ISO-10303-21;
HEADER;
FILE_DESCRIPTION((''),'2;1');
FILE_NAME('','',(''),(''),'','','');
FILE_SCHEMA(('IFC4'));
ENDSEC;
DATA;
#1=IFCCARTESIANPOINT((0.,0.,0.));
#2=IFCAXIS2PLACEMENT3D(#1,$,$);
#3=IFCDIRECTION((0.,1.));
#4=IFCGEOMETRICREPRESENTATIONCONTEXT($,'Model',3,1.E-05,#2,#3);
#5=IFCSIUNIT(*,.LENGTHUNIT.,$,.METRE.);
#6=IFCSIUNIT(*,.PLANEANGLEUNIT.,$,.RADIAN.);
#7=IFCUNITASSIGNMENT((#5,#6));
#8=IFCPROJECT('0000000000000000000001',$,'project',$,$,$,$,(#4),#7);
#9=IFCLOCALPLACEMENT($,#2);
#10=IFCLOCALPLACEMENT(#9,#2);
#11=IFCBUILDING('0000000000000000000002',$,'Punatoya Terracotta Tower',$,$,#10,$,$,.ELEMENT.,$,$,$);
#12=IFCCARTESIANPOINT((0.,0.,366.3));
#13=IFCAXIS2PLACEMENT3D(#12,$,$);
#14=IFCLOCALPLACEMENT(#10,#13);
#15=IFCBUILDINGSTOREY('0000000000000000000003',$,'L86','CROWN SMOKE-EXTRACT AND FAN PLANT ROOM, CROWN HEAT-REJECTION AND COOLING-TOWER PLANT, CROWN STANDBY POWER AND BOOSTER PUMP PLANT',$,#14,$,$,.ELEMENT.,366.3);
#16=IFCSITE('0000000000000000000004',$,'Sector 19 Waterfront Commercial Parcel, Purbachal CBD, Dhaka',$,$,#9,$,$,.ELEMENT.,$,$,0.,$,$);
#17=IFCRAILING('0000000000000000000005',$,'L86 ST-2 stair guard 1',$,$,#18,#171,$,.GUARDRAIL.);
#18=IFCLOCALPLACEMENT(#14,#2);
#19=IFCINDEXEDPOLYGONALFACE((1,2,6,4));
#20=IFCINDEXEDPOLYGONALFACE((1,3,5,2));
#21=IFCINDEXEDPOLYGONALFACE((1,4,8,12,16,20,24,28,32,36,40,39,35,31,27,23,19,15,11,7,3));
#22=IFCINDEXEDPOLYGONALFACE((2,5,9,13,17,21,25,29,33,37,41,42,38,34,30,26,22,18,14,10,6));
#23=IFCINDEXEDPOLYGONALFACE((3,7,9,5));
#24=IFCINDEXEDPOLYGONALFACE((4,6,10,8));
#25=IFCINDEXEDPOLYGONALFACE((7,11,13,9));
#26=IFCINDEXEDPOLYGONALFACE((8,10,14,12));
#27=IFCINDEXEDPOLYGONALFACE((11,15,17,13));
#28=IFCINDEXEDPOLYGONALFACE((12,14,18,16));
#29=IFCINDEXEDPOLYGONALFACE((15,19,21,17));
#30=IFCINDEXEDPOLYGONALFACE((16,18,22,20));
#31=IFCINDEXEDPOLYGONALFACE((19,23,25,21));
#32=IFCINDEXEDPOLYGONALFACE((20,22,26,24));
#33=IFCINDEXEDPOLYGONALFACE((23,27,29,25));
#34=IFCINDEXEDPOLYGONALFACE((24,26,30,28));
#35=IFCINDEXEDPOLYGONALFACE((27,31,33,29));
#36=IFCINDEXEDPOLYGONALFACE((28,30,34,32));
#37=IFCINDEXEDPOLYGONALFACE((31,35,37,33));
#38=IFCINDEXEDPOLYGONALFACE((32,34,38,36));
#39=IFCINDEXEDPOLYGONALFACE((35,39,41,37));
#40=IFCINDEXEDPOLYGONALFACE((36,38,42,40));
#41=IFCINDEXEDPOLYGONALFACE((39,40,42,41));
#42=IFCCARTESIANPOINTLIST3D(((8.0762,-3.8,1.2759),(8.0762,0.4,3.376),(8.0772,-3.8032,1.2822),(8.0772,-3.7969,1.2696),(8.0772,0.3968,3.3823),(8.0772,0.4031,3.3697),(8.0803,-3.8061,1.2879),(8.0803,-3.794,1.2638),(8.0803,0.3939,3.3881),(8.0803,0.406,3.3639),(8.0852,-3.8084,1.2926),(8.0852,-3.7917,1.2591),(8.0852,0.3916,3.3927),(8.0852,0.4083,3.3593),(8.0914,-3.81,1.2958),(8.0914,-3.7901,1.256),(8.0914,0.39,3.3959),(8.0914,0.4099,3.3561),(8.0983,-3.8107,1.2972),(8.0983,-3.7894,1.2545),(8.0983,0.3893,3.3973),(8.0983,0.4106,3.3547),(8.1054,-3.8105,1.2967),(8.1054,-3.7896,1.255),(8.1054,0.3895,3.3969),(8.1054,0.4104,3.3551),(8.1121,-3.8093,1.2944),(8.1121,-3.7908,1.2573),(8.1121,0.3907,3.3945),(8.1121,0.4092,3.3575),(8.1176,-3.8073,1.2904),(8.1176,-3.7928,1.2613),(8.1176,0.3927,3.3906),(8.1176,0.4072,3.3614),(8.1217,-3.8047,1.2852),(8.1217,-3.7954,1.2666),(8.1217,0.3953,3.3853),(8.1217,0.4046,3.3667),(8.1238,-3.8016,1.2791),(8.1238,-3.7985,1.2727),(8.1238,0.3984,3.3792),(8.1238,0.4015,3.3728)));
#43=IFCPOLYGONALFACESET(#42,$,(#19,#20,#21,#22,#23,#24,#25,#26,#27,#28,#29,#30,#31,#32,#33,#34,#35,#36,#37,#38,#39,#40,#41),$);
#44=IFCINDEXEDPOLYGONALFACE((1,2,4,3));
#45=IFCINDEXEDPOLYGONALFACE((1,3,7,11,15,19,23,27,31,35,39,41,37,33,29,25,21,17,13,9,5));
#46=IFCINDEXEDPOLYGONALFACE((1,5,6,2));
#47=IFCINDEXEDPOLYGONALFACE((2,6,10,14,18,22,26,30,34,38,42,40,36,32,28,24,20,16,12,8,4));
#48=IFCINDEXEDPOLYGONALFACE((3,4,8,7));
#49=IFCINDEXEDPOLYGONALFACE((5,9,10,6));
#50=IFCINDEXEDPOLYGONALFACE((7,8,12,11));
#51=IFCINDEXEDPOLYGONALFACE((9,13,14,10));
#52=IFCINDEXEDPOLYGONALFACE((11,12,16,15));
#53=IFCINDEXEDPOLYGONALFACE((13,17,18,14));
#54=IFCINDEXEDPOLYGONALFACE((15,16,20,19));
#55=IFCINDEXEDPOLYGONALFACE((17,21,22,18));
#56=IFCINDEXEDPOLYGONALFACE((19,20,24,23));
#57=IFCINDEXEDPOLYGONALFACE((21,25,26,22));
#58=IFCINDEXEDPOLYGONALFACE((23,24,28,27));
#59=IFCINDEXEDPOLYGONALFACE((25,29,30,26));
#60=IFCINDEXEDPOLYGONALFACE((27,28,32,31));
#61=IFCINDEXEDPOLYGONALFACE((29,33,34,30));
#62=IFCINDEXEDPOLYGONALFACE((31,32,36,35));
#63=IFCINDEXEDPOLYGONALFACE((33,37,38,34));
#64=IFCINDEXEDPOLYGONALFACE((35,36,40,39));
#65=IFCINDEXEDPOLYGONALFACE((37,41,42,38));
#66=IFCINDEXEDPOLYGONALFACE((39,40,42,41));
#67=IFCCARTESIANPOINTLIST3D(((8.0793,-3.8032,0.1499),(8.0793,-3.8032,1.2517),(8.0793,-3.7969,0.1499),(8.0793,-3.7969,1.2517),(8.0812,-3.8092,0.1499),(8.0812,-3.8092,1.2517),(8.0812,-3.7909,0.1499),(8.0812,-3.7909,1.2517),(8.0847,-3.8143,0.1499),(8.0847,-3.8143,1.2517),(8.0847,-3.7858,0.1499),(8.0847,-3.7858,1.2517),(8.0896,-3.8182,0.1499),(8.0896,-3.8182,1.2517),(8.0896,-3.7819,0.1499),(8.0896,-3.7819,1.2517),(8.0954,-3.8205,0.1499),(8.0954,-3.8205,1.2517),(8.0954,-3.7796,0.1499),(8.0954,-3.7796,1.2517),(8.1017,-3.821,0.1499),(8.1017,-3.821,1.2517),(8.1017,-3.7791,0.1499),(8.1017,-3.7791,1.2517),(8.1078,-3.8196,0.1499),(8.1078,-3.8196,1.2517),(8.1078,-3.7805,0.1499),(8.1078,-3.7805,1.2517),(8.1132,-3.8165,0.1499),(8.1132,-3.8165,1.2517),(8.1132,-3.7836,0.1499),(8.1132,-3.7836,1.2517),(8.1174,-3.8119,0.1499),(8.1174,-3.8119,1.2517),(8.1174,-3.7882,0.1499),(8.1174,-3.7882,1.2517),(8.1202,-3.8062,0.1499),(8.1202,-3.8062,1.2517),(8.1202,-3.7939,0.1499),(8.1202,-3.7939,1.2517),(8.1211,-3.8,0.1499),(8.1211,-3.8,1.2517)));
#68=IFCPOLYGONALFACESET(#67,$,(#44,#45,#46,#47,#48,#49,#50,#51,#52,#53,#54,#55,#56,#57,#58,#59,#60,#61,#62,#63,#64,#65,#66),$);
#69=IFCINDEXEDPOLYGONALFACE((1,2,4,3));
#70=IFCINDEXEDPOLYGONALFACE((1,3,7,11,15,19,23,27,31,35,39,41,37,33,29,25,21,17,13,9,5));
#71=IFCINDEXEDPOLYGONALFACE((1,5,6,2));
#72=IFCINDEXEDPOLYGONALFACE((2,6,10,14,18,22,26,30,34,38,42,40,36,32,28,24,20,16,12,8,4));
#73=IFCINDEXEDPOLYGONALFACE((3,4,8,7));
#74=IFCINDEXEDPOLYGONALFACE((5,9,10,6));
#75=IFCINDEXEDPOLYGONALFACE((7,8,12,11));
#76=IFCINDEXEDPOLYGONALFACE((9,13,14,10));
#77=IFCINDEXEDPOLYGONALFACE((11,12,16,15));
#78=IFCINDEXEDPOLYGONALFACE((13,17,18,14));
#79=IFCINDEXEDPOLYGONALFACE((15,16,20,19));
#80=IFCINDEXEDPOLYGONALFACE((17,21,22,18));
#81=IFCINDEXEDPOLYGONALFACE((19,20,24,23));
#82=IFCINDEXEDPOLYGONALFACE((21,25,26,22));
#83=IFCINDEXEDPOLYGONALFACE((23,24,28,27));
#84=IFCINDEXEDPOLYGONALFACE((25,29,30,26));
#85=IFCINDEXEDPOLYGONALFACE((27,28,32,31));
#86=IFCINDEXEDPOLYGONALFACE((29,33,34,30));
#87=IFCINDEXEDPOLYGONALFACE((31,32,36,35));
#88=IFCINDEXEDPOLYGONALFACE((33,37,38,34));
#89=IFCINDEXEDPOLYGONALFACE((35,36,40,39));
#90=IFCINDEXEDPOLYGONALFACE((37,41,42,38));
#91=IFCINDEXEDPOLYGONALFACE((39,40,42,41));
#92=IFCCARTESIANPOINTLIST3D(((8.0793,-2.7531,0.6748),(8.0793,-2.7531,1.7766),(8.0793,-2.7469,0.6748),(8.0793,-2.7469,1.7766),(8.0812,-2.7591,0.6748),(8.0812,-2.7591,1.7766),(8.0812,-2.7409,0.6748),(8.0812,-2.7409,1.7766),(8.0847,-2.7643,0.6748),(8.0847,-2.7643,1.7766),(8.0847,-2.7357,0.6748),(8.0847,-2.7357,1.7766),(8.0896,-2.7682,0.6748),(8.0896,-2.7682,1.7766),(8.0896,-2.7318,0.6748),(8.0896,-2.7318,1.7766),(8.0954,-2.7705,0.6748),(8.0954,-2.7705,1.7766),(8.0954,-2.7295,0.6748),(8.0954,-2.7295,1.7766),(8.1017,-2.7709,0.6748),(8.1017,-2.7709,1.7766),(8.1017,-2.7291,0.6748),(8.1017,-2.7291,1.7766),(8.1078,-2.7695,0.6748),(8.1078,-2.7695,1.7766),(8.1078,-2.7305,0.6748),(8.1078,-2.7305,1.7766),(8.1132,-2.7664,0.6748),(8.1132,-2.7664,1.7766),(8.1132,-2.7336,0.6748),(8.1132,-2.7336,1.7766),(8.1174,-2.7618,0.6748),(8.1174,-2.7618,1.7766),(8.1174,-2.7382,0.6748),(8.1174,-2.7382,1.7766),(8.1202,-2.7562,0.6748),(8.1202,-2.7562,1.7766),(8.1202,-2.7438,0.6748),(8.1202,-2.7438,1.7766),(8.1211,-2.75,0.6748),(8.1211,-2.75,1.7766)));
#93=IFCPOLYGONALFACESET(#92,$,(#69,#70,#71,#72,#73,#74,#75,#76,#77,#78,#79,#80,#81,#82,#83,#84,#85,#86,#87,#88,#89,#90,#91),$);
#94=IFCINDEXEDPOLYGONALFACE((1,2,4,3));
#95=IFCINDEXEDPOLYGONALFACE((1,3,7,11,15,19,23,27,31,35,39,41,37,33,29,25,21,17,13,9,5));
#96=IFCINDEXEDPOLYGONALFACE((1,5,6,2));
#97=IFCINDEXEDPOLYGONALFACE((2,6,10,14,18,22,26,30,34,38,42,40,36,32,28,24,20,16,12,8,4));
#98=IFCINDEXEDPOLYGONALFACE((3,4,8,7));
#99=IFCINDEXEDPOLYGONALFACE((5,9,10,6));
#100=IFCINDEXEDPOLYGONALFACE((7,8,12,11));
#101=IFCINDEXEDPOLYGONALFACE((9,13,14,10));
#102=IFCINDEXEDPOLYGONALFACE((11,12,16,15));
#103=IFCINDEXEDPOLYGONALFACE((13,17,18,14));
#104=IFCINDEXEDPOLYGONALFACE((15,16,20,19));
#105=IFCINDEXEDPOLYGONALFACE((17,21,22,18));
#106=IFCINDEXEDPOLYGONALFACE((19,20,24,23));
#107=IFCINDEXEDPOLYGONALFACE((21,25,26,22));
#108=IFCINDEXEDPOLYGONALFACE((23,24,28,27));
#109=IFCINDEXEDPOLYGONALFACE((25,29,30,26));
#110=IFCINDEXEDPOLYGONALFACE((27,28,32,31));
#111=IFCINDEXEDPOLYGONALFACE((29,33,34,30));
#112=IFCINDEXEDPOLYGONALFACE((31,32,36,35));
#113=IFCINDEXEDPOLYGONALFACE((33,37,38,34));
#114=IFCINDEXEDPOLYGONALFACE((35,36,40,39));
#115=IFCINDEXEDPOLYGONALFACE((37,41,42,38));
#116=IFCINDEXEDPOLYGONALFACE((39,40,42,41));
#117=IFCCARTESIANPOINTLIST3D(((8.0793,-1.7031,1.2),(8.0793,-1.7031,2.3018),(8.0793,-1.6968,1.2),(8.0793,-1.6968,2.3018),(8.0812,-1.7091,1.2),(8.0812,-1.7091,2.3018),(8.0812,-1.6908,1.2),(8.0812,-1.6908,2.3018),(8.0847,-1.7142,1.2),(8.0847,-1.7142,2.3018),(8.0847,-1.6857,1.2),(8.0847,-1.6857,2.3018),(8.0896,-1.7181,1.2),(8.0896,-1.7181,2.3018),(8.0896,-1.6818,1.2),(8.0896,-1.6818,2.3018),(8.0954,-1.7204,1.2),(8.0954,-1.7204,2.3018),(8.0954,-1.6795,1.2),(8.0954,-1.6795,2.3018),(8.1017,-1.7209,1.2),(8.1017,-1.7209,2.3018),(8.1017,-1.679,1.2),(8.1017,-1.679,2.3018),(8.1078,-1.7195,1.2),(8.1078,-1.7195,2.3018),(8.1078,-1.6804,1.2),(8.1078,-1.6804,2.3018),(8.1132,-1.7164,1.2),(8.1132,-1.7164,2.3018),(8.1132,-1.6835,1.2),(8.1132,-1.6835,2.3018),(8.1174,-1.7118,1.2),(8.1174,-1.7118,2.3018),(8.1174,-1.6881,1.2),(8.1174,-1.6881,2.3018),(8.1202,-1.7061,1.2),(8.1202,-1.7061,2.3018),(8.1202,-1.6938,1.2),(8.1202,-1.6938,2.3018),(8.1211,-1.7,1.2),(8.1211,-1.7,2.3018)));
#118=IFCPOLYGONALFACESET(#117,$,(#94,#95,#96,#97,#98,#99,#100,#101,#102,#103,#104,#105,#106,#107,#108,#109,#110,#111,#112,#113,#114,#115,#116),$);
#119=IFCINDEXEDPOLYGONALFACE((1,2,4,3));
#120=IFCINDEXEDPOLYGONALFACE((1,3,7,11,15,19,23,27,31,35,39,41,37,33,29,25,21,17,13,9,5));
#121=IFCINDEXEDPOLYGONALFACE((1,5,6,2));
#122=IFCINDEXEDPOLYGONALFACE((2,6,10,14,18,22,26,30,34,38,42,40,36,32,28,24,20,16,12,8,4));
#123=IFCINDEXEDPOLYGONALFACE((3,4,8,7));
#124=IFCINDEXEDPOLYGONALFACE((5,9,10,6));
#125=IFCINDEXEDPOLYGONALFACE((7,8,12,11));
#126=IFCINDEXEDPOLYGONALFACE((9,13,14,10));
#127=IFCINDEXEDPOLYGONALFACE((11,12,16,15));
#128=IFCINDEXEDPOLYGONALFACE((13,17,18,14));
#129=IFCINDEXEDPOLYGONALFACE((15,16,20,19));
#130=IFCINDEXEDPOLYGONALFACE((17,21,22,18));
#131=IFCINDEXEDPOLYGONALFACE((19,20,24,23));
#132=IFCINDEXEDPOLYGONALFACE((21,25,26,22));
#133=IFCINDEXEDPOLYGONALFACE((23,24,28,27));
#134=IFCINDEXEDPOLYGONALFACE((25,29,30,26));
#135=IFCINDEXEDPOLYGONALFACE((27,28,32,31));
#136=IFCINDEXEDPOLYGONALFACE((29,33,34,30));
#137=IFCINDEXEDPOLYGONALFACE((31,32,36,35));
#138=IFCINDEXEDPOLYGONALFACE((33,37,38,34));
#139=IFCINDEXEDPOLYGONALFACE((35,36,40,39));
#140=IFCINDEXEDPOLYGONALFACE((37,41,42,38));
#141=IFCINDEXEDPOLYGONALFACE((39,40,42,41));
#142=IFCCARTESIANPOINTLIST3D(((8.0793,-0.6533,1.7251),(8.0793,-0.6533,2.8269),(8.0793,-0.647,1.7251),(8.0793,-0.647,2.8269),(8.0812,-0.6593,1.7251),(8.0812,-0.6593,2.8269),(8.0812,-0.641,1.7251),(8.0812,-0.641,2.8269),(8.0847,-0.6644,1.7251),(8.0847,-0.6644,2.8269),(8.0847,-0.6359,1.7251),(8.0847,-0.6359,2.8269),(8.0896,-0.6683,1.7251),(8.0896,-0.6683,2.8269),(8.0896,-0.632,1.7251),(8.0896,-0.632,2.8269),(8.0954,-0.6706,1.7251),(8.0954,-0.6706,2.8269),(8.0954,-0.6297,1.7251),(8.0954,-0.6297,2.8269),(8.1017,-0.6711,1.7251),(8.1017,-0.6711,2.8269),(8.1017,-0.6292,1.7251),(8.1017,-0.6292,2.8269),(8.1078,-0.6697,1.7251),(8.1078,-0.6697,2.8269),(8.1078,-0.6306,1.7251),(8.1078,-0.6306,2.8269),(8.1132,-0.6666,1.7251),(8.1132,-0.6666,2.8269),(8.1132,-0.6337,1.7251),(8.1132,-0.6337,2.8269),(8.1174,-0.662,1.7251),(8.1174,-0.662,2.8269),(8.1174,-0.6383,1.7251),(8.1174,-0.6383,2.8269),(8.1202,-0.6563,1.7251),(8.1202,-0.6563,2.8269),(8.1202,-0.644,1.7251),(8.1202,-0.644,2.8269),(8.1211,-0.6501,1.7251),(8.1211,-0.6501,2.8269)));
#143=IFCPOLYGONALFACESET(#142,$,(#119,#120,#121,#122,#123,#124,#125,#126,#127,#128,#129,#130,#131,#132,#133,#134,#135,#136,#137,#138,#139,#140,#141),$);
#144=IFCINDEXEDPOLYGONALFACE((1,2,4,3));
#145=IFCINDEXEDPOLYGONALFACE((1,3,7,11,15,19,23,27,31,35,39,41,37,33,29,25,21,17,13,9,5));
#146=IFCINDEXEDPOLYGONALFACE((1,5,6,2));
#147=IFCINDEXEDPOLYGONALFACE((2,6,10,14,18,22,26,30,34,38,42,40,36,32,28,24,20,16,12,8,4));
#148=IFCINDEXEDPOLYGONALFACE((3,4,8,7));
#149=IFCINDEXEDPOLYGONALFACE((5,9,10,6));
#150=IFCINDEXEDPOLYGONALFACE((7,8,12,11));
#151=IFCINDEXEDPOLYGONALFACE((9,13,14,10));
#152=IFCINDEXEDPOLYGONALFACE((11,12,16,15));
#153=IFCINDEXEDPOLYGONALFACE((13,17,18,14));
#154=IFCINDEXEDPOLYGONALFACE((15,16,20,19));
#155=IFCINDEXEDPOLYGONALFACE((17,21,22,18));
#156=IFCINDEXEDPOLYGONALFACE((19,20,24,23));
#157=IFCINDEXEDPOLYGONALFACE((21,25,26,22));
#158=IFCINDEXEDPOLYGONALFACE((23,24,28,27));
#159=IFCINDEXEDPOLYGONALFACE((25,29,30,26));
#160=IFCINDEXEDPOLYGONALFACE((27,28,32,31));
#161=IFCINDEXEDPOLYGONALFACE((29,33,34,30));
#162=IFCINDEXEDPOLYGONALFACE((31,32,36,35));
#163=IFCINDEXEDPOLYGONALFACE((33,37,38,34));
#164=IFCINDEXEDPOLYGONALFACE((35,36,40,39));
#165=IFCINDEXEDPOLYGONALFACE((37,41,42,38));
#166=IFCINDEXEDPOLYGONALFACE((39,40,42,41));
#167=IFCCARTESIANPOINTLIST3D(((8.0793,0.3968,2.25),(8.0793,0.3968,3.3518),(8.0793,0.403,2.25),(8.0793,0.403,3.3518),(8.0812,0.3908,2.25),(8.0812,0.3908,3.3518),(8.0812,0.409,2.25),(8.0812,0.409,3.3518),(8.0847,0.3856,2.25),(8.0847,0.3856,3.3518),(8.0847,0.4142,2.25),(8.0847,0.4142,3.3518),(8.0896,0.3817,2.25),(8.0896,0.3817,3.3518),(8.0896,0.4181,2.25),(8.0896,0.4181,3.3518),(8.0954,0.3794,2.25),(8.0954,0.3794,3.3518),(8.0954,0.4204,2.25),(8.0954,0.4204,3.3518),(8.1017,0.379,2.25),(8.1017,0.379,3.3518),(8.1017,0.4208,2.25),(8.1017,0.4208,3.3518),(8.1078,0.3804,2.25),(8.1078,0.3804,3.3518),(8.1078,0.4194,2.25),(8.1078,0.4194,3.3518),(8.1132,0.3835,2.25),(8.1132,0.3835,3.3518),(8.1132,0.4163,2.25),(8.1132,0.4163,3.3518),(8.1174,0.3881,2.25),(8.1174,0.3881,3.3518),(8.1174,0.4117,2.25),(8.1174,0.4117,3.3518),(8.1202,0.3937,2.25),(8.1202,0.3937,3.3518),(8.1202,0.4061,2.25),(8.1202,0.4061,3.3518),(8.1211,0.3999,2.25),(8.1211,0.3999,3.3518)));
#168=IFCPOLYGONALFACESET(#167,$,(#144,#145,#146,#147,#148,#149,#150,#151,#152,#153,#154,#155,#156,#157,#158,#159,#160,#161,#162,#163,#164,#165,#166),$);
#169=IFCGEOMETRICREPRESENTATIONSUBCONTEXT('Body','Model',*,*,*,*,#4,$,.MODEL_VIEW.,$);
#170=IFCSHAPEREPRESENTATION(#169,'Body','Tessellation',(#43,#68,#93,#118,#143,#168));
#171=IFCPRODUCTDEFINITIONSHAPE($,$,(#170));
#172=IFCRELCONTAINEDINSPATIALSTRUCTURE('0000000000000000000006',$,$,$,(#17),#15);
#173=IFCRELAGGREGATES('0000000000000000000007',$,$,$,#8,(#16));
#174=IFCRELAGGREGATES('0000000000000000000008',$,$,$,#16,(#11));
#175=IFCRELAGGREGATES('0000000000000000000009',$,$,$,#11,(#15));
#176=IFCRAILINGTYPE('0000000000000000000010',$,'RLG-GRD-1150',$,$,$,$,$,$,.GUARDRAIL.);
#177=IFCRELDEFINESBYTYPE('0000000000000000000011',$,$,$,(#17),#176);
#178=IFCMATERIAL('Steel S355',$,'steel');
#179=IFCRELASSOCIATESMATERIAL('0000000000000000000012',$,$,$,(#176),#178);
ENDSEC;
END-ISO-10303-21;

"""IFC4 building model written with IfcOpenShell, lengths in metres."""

from ifc_helpers import new_model, si_unit, direction, frame, origin, origin_2d, place, context, subcontext, project, spatial, circle, extrude, material, type_object, element, save


model = new_model("IFC4")

# Units and contexts
model_context = context("Model", 3, precision=1e-05, world=origin(), true_north=direction((0.0, 1.0)))
body_context = subcontext(model_context, "Body", "Model", "MODEL_VIEW")
ifc_project = project(units=[si_unit("LENGTHUNIT", "METRE"), si_unit("PLANEANGLEUNIT", "RADIAN")], contexts=[model_context])

# Site, building, storey
site_placement = place(None, origin())
site = spatial("IfcSite", under=ifc_project, at=site_placement, Name="Sector 19 Waterfront Commercial Parcel, Purbachal CBD, Dhaka", CompositionType="ELEMENT", RefElevation=0.0)
building_placement = place(site_placement, origin())
building = spatial("IfcBuilding", under=site, at=building_placement, Name="Punatoya Terracotta Tower", CompositionType="ELEMENT")
storey_placement = place(building_placement, frame((0.0, 0.0, 366.3)))
storey = spatial("IfcBuildingStorey", under=building, at=storey_placement, Name="L86", Description="CROWN SMOKE-EXTRACT AND FAN PLANT ROOM, CROWN HEAT-REJECTION AND COOLING-TOWER PLANT, CROWN STANDBY POWER AND BOOSTER PUMP PLANT", CompositionType="ELEMENT", Elevation=366.3)

# Shared definitions
ifc_material_1 = material(Name="Steel S355", Category="steel")

# Railing
railing_type_1 = type_object("IfcRailingType", Name="RLG-GRD-1150", PredefinedType="GUARDRAIL", material=ifc_material_1)
railing_1_placement = place(storey_placement, frame((8.1001, -3.8, 0.1499)))
element("IfcRailing", 1, at=railing_1_placement, inside=storey, type_object=railing_type_1, Name="L86 ST-2 stair guard 1", PredefinedType="GUARDRAIL", context=body_context, shape_type="SweptSolid", body=[
    extrude(circle(Radius=0.0239, at=origin_2d()), frame((0.0, 0.0, 1.126), z_axis=(0.0, 0.894417, 0.447234), x_axis=(-1.0, 0.0, 0.0)), (0.0, 0.0, 1.0), 4.6958),
    extrude(circle(Radius=0.021, at=origin_2d()), origin(), (0.0, 0.0, 1.0), 1.1018),
    extrude(circle(Radius=0.021, at=origin_2d()), frame((0.0, 1.05, 0.5249)), (0.0, 0.0, 1.0), 1.1018),
    extrude(circle(Radius=0.021, at=origin_2d()), frame((0.0, 2.1001, 1.05)), (0.0, 0.0, 1.0), 1.1018),
    extrude(circle(Radius=0.021, at=origin_2d()), frame((0.0, 3.1499, 1.5752)), (0.0, 0.0, 1.0), 1.1018),
    extrude(circle(Radius=0.021, at=origin_2d()), frame((0.0, 4.2, 2.1001)), (0.0, 0.0, 1.0), 1.1018),
])

save(model, "model.ifc")
